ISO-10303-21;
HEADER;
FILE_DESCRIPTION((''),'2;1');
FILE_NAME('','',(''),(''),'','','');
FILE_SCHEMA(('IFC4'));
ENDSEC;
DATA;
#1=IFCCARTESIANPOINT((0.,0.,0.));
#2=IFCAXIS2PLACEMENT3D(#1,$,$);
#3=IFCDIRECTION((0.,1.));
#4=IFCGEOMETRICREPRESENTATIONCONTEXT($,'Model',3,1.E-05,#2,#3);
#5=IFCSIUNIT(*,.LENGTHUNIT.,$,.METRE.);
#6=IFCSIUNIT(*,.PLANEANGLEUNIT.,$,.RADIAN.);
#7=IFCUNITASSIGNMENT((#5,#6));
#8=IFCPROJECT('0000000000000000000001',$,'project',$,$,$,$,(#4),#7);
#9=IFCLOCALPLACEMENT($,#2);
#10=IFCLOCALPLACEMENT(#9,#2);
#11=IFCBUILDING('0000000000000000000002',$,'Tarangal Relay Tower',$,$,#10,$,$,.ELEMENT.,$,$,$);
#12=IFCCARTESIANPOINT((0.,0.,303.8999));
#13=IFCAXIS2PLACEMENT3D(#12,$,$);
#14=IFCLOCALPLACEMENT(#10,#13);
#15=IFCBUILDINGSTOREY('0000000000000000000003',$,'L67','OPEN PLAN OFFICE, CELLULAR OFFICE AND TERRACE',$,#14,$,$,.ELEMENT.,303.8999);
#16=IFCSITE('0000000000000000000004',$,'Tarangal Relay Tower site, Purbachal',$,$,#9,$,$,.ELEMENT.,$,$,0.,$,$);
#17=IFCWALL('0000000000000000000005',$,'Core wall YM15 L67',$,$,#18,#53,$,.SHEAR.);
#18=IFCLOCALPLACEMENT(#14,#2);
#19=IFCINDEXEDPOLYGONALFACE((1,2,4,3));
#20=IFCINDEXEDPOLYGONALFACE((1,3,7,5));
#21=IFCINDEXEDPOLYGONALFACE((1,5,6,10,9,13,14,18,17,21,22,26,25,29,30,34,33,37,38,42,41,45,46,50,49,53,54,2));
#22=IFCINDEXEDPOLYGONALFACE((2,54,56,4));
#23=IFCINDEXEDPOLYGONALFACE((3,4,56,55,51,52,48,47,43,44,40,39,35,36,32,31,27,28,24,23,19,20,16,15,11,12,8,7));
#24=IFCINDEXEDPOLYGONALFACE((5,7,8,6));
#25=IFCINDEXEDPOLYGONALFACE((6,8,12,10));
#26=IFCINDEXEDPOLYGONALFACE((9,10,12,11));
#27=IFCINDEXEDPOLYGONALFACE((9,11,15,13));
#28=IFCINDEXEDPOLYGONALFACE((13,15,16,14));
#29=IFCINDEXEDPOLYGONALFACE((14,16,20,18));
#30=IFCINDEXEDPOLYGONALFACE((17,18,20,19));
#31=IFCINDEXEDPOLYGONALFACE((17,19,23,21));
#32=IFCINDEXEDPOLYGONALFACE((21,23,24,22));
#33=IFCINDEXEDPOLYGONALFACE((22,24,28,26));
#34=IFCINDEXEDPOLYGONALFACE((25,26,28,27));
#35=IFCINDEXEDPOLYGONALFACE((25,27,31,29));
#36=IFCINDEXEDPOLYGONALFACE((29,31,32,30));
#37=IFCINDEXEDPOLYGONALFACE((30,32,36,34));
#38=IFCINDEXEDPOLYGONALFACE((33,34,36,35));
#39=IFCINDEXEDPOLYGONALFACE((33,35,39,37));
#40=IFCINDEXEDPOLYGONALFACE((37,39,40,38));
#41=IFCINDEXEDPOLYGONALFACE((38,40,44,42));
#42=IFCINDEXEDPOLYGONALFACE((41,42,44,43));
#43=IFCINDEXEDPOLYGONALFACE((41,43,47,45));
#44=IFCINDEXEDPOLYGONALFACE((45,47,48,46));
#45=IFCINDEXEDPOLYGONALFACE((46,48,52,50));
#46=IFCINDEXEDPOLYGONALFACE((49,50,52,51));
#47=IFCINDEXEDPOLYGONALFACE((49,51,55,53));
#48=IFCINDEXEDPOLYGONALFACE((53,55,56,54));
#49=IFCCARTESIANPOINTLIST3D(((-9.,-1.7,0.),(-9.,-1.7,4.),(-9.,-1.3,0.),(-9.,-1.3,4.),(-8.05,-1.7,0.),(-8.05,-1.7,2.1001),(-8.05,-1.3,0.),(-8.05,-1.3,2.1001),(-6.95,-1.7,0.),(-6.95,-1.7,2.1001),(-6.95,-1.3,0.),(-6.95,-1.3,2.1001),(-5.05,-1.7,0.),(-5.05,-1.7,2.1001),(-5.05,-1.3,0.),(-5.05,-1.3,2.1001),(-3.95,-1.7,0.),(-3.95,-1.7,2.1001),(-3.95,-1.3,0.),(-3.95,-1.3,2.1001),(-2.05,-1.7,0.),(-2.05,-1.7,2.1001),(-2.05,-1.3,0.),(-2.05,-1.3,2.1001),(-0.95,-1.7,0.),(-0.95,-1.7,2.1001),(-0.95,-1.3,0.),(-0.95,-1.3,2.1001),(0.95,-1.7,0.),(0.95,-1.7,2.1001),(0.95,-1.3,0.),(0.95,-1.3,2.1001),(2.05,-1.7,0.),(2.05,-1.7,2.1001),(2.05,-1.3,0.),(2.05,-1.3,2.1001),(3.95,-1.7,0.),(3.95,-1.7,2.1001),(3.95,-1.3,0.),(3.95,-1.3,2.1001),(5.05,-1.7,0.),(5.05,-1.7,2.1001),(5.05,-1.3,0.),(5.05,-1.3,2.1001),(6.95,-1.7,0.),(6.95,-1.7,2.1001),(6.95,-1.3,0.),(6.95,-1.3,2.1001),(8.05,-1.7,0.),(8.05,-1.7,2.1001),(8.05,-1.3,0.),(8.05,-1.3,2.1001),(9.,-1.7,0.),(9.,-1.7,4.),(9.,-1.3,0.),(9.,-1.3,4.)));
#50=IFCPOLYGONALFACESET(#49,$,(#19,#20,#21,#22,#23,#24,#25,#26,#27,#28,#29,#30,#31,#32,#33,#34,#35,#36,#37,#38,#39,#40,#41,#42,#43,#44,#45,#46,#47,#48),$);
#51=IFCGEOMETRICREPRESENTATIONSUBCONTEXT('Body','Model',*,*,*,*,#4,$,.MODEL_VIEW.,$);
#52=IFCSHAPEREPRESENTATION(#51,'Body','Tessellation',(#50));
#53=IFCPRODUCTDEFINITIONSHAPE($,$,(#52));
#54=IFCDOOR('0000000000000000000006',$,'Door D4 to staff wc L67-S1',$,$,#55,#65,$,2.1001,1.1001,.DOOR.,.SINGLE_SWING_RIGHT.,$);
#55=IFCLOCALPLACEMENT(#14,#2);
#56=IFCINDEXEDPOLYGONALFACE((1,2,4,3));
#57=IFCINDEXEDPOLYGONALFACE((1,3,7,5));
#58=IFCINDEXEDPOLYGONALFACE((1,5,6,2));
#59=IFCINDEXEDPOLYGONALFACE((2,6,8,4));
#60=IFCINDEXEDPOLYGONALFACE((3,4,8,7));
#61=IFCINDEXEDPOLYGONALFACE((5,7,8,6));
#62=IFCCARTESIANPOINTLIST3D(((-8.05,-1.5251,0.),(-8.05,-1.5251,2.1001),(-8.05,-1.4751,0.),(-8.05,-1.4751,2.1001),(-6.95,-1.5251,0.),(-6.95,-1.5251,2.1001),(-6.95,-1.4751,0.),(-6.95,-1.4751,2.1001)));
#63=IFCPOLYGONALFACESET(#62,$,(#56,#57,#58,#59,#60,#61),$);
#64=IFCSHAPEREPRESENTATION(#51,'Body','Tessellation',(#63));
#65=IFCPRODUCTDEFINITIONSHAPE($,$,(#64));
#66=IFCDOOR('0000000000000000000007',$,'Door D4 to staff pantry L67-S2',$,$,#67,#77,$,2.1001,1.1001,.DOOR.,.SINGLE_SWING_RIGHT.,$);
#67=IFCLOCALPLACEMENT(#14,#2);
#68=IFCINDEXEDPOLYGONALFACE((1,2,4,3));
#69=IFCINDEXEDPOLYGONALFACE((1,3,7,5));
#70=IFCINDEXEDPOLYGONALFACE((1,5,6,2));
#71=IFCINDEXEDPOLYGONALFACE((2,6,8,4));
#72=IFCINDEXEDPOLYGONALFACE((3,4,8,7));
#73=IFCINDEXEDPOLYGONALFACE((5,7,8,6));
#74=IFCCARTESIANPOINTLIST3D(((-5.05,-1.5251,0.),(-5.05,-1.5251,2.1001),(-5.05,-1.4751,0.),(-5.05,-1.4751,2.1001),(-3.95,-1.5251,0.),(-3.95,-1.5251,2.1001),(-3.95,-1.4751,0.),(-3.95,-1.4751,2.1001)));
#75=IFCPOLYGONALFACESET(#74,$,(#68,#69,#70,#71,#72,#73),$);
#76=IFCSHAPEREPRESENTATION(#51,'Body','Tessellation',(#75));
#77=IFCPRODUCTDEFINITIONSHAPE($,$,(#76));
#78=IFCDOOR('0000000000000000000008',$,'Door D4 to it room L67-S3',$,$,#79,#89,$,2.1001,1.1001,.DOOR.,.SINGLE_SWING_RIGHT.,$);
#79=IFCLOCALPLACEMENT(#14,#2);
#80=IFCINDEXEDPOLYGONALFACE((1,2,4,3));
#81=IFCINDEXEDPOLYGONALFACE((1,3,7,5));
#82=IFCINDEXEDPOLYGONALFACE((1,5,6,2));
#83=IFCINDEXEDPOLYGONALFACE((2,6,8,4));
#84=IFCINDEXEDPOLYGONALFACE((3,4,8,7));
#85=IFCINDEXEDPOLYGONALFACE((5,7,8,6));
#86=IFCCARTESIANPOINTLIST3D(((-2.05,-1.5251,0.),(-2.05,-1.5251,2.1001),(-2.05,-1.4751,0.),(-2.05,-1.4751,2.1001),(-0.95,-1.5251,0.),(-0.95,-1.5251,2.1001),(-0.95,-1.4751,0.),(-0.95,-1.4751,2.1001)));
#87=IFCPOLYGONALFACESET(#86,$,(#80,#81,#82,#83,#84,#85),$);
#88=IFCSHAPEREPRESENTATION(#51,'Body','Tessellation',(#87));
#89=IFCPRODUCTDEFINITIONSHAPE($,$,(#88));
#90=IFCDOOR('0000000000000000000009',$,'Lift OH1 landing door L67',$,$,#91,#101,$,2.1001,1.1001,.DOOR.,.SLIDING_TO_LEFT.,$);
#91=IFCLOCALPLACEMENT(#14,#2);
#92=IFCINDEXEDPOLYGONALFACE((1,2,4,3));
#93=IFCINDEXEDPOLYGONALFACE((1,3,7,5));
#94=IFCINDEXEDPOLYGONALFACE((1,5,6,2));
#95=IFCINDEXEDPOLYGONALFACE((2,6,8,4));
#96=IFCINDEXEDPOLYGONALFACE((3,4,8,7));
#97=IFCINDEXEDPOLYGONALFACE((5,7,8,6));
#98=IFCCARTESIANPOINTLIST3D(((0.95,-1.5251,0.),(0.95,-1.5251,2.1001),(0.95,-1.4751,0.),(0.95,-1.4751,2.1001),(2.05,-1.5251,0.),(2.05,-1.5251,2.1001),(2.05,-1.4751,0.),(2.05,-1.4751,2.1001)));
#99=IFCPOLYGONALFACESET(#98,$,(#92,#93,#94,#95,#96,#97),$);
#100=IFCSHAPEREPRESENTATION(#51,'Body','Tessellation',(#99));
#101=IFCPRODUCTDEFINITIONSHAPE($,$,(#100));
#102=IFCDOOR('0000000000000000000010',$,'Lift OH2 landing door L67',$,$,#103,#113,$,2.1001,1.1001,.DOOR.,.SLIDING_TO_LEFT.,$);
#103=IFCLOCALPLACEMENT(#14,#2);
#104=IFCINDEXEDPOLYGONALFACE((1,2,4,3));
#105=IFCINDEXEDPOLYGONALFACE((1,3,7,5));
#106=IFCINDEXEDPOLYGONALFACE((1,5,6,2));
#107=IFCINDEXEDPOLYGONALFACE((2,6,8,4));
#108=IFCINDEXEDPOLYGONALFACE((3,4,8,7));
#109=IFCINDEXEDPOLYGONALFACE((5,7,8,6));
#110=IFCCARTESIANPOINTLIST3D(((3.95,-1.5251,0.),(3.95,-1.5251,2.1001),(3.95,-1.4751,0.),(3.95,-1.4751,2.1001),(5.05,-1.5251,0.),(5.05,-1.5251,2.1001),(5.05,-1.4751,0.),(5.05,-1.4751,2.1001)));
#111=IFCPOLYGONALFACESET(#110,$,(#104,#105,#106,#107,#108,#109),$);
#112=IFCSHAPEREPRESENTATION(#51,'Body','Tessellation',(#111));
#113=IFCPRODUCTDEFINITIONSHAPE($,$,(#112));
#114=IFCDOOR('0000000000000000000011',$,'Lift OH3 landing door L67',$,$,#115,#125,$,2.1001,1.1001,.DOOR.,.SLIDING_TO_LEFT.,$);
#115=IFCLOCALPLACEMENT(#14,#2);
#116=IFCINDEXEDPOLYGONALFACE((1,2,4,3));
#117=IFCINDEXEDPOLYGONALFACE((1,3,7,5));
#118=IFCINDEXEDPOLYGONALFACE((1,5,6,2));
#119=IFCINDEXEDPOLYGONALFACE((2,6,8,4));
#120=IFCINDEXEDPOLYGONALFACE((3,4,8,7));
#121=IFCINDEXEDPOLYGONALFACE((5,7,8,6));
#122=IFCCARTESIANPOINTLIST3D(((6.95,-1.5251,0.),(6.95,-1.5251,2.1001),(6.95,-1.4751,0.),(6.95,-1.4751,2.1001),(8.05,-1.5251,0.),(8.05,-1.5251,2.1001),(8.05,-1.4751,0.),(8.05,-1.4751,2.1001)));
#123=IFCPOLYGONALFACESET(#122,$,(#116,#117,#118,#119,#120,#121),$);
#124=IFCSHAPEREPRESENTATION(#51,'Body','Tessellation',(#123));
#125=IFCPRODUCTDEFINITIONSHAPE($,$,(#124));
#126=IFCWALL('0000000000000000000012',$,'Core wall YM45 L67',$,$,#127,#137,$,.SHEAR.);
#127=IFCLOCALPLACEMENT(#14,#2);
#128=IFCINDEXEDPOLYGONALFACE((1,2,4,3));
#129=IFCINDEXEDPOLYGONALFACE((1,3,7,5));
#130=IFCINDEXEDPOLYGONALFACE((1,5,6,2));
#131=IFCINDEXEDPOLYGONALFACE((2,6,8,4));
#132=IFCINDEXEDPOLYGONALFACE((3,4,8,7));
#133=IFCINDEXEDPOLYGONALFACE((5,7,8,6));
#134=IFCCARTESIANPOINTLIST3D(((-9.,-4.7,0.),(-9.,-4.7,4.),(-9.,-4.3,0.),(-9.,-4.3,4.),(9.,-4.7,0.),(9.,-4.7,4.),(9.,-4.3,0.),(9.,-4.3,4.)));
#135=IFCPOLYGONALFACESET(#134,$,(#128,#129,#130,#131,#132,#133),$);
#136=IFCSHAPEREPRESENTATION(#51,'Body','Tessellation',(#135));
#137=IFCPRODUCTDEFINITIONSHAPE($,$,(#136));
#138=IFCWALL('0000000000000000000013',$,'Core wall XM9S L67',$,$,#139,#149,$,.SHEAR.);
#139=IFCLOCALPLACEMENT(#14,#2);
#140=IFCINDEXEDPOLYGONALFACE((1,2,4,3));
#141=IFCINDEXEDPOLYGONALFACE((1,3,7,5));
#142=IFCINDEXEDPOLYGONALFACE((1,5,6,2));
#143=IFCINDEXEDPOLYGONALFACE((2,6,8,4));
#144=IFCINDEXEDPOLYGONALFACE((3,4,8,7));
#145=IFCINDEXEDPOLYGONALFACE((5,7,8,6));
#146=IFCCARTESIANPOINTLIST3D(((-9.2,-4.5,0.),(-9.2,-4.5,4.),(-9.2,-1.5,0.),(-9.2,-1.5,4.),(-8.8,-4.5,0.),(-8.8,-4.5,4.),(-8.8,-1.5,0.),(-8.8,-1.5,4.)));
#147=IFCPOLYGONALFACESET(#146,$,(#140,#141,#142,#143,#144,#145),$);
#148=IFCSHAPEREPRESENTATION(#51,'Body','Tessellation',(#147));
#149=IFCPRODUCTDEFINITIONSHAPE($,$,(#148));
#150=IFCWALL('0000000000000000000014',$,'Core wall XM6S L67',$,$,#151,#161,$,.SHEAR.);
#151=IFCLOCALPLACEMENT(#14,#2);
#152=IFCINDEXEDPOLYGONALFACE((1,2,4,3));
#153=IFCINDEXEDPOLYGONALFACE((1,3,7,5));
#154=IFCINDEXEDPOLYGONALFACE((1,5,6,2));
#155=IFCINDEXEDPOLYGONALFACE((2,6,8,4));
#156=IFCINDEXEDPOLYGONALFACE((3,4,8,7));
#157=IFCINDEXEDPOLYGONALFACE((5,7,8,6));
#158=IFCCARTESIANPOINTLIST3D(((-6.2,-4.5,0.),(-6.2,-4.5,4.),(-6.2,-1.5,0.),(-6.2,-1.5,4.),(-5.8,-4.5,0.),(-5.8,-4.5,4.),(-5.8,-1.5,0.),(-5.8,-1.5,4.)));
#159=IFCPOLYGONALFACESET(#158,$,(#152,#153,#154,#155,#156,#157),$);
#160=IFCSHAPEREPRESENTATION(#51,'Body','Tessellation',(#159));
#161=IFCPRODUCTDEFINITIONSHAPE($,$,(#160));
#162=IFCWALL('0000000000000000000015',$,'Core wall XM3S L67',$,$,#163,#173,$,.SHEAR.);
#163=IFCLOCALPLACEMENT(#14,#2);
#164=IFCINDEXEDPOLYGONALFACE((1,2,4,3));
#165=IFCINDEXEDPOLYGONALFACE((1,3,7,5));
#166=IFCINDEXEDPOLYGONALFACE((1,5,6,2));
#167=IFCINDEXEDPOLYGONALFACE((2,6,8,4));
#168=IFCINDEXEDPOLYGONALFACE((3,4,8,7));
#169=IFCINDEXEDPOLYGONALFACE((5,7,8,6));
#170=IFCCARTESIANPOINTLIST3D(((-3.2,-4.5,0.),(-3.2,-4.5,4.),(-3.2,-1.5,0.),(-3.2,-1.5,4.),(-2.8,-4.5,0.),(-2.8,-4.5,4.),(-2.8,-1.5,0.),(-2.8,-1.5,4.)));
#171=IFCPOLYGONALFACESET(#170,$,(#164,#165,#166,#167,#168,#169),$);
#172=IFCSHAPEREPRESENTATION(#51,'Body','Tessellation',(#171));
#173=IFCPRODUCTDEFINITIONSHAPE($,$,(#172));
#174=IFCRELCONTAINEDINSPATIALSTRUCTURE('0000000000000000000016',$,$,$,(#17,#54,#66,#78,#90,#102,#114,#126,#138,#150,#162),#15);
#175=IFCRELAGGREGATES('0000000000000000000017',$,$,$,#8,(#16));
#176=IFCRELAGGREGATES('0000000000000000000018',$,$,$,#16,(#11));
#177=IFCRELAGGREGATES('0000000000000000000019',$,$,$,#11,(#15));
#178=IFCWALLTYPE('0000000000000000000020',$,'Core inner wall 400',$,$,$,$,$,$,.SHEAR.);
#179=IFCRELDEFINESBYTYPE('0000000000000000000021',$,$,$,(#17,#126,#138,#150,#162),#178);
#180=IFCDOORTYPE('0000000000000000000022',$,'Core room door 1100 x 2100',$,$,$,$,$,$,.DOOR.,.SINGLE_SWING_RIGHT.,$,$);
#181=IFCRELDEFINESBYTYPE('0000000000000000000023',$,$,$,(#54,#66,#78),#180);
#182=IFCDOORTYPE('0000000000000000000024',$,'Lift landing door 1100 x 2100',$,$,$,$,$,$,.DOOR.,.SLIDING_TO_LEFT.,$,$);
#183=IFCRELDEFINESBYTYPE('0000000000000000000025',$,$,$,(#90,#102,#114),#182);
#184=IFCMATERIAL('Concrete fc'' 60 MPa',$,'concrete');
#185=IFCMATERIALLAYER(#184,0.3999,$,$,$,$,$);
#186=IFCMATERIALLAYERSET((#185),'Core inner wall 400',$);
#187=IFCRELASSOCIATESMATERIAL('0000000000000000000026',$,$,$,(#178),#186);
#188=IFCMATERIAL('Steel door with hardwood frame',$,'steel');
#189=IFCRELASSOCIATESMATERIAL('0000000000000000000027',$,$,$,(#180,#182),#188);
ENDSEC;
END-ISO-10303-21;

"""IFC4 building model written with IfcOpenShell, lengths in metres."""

from ifc_helpers import new_model, si_unit, direction, frame, frame_2d, origin, place, context, subcontext, project, spatial, rectangle, extrude, material, layer, layer_set, type_object, element, fill, save


model = new_model("IFC4")

# Units and contexts
model_context = context("Model", 3, precision=1e-05, world=origin(), true_north=direction((0.0, 1.0)))
body_context = subcontext(model_context, "Body", "Model", "MODEL_VIEW")
ifc_project = project(units=[si_unit("LENGTHUNIT", "METRE"), si_unit("PLANEANGLEUNIT", "RADIAN")], contexts=[model_context])

# Site, building, storey
site_placement = place(None, origin())
site = spatial("IfcSite", under=ifc_project, at=site_placement, Name="Tarangal Relay Tower site, Purbachal", CompositionType="ELEMENT", RefElevation=0.0)
building_placement = place(site_placement, origin())
building = spatial("IfcBuilding", under=site, at=building_placement, Name="Tarangal Relay Tower", CompositionType="ELEMENT")
storey_placement = place(building_placement, frame((0.0, 0.0, 303.8999)))
storey = spatial("IfcBuildingStorey", under=building, at=storey_placement, Name="L67", Description="OPEN PLAN OFFICE, CELLULAR OFFICE AND TERRACE", CompositionType="ELEMENT", Elevation=303.8999)

# Wall, openings, doors
ifc_material_1 = material(Name="Concrete fc' 60 MPa", Category="concrete")
ifc_layer_1 = layer(ifc_material_1, 0.3999)
ifc_layer_set_1 = layer_set([ifc_layer_1], Name="Core inner wall 400")
wall_type_1 = type_object("IfcWallType", Name="Core inner wall 400", PredefinedType="SHEAR", material=ifc_layer_set_1)
wall_1_placement = place(storey_placement, frame((-9.0, -1.5, 0.0), z_axis=(0.0, 0.0, 1.0), x_axis=(1.0, 0.0, 0.0)))
wall_1 = element("IfcWall", 1, at=wall_1_placement, inside=storey, type_object=wall_type_1, Name="Core wall YM15 L67", PredefinedType="SHEAR", context=body_context, shape_type="SweptSolid", body=[
    extrude(rectangle(XDim=18.0, YDim=0.3999, at=frame_2d((9.0, 0.0))), origin(), (0.0, 0.0, 1.0), 4.0),
])
opening_1_placement = place(wall_1_placement, frame((9.95, 0.0, 0.0)))
opening_1 = element("IfcOpeningElement", 2, at=opening_1_placement, cuts=wall_1, PredefinedType="OPENING", context=body_context, shape_type="SweptSolid", body=[
    extrude(rectangle(XDim=1.1001, YDim=2.1001, at=frame_2d((0.55, 1.05))), frame((0.0, 0.21, 0.0), z_axis=(0.0, -1.0, 0.0), x_axis=(1.0, 0.0, 0.0)), (0.0, 0.0, 1.0), 0.4199),
])
opening_2_placement = place(wall_1_placement, frame((12.95, 0.0, 0.0)))
opening_2 = element("IfcOpeningElement", 3, at=opening_2_placement, cuts=wall_1, PredefinedType="OPENING", context=body_context, shape_type="SweptSolid", body=[
    extrude(rectangle(XDim=1.1001, YDim=2.1001, at=frame_2d((0.55, 1.05))), frame((0.0, 0.21, 0.0), z_axis=(0.0, -1.0, 0.0), x_axis=(1.0, 0.0, 0.0)), (0.0, 0.0, 1.0), 0.4199),
])
opening_3_placement = place(wall_1_placement, frame((15.95, 0.0, 0.0)))
opening_3 = element("IfcOpeningElement", 4, at=opening_3_placement, cuts=wall_1, PredefinedType="OPENING", context=body_context, shape_type="SweptSolid", body=[
    extrude(rectangle(XDim=1.1001, YDim=2.1001, at=frame_2d((0.55, 1.05))), frame((0.0, 0.21, 0.0), z_axis=(0.0, -1.0, 0.0), x_axis=(1.0, 0.0, 0.0)), (0.0, 0.0, 1.0), 0.4199),
])
opening_4_placement = place(wall_1_placement, frame((0.95, 0.0, 0.0)))
opening_4 = element("IfcOpeningElement", 5, at=opening_4_placement, cuts=wall_1, PredefinedType="OPENING", context=body_context, shape_type="SweptSolid", body=[
    extrude(rectangle(XDim=1.1001, YDim=2.1001, at=frame_2d((0.55, 1.05))), frame((0.0, 0.21, 0.0), z_axis=(0.0, -1.0, 0.0), x_axis=(1.0, 0.0, 0.0)), (0.0, 0.0, 1.0), 0.4199),
])
opening_5_placement = place(wall_1_placement, frame((3.95, 0.0, 0.0)))
opening_5 = element("IfcOpeningElement", 6, at=opening_5_placement, cuts=wall_1, PredefinedType="OPENING", context=body_context, shape_type="SweptSolid", body=[
    extrude(rectangle(XDim=1.1001, YDim=2.1001, at=frame_2d((0.55, 1.05))), frame((0.0, 0.21, 0.0), z_axis=(0.0, -1.0, 0.0), x_axis=(1.0, 0.0, 0.0)), (0.0, 0.0, 1.0), 0.4199),
])
opening_6_placement = place(wall_1_placement, frame((6.95, 0.0, 0.0)))
opening_6 = element("IfcOpeningElement", 7, at=opening_6_placement, cuts=wall_1, PredefinedType="OPENING", context=body_context, shape_type="SweptSolid", body=[
    extrude(rectangle(XDim=1.1001, YDim=2.1001, at=frame_2d((0.55, 1.05))), frame((0.0, 0.21, 0.0), z_axis=(0.0, -1.0, 0.0), x_axis=(1.0, 0.0, 0.0)), (0.0, 0.0, 1.0), 0.4199),
])
ifc_material_2 = material(Name="Steel door with hardwood frame", Category="steel")
door_type_1 = type_object("IfcDoorType", Name="Core room door 1100 x 2100", OperationType="SINGLE_SWING_RIGHT", PredefinedType="DOOR", material=ifc_material_2)
door_1_placement = place(opening_4_placement, origin())
door_1 = element("IfcDoor", 8, at=door_1_placement, inside=storey, type_object=door_type_1, Name="Door D4 to staff wc L67-S1", OperationType="SINGLE_SWING_RIGHT", OverallHeight=2.1001, OverallWidth=1.1001, PredefinedType="DOOR", context=body_context, shape_type="SweptSolid", body=[
    extrude(rectangle(XDim=1.1001, YDim=2.1001, at=frame_2d((0.55, 1.05))), frame((0.0, 0.0249, 0.0), z_axis=(0.0, -1.0, 0.0), x_axis=(1.0, 0.0, 0.0)), (0.0, 0.0, 1.0), 0.05),
])
fill(opening_4, door_1)
door_2_placement = place(opening_5_placement, origin())
door_2 = element("IfcDoor", 9, at=door_2_placement, inside=storey, type_object=door_type_1, Name="Door D4 to staff pantry L67-S2", OperationType="SINGLE_SWING_RIGHT", OverallHeight=2.1001, OverallWidth=1.1001, PredefinedType="DOOR", context=body_context, shape_type="SweptSolid", body=[
    extrude(rectangle(XDim=1.1001, YDim=2.1001, at=frame_2d((0.55, 1.05))), frame((0.0, 0.0249, 0.0), z_axis=(0.0, -1.0, 0.0), x_axis=(1.0, 0.0, 0.0)), (0.0, 0.0, 1.0), 0.05),
])
fill(opening_5, door_2)
door_3_placement = place(opening_6_placement, origin())
door_3 = element("IfcDoor", 10, at=door_3_placement, inside=storey, type_object=door_type_1, Name="Door D4 to it room L67-S3", OperationType="SINGLE_SWING_RIGHT", OverallHeight=2.1001, OverallWidth=1.1001, PredefinedType="DOOR", context=body_context, shape_type="SweptSolid", body=[
    extrude(rectangle(XDim=1.1001, YDim=2.1001, at=frame_2d((0.55, 1.05))), frame((0.0, 0.0249, 0.0), z_axis=(0.0, -1.0, 0.0), x_axis=(1.0, 0.0, 0.0)), (0.0, 0.0, 1.0), 0.05),
])
fill(opening_6, door_3)
door_type_2 = type_object("IfcDoorType", Name="Lift landing door 1100 x 2100", OperationType="SLIDING_TO_LEFT", PredefinedType="DOOR", material=ifc_material_2)
door_4_placement = place(opening_1_placement, origin())
door_4 = element("IfcDoor", 11, at=door_4_placement, inside=storey, type_object=door_type_2, Name="Lift OH1 landing door L67", OperationType="SLIDING_TO_LEFT", OverallHeight=2.1001, OverallWidth=1.1001, PredefinedType="DOOR", context=body_context, shape_type="SweptSolid", body=[
    extrude(rectangle(XDim=1.1001, YDim=2.1001, at=frame_2d((0.55, 1.05))), frame((0.0, 0.0249, 0.0), z_axis=(0.0, -1.0, 0.0), x_axis=(1.0, 0.0, 0.0)), (0.0, 0.0, 1.0), 0.05),
])
fill(opening_1, door_4)
door_5_placement = place(opening_2_placement, origin())
door_5 = element("IfcDoor", 12, at=door_5_placement, inside=storey, type_object=door_type_2, Name="Lift OH2 landing door L67", OperationType="SLIDING_TO_LEFT", OverallHeight=2.1001, OverallWidth=1.1001, PredefinedType="DOOR", context=body_context, shape_type="SweptSolid", body=[
    extrude(rectangle(XDim=1.1001, YDim=2.1001, at=frame_2d((0.55, 1.05))), frame((0.0, 0.0249, 0.0), z_axis=(0.0, -1.0, 0.0), x_axis=(1.0, 0.0, 0.0)), (0.0, 0.0, 1.0), 0.05),
])
fill(opening_2, door_5)
door_6_placement = place(opening_3_placement, origin())
door_6 = element("IfcDoor", 13, at=door_6_placement, inside=storey, type_object=door_type_2, Name="Lift OH3 landing door L67", OperationType="SLIDING_TO_LEFT", OverallHeight=2.1001, OverallWidth=1.1001, PredefinedType="DOOR", context=body_context, shape_type="SweptSolid", body=[
    extrude(rectangle(XDim=1.1001, YDim=2.1001, at=frame_2d((0.55, 1.05))), frame((0.0, 0.0249, 0.0), z_axis=(0.0, -1.0, 0.0), x_axis=(1.0, 0.0, 0.0)), (0.0, 0.0, 1.0), 0.05),
])
fill(opening_3, door_6)

# Walls
wall_2_placement = place(storey_placement, frame((-9.0, -4.5, 0.0), z_axis=(0.0, 0.0, 1.0), x_axis=(1.0, 0.0, 0.0)))
element("IfcWall", 14, at=wall_2_placement, inside=storey, type_object=wall_type_1, Name="Core wall YM45 L67", PredefinedType="SHEAR", context=body_context, shape_type="SweptSolid", body=[
    extrude(rectangle(XDim=18.0, YDim=0.3999, at=frame_2d((9.0, 0.0))), origin(), (0.0, 0.0, 1.0), 4.0),
])
for number, where, z_axis, x_axis, name in (
    (15, (-9.0, -4.5, 0.0), (0.0, 0.0, 1.0), (0.0, 1.0, 0.0), "Core wall XM9S L67"),
    (16, (-6.0, -4.5, 0.0), (0.0, 0.0, 1.0), (0.0, 1.0, 0.0), "Core wall XM6S L67"),
    (17, (-3.0, -4.5, 0.0), (0.0, 0.0, 1.0), (0.0, 1.0, 0.0), "Core wall XM3S L67"),
):
    element("IfcWall", number, at=place(storey_placement, frame(where, z_axis=z_axis, x_axis=x_axis)), inside=storey, type_object=wall_type_1, Name=name, PredefinedType="SHEAR", context=body_context, shape_type="SweptSolid", body=[
        extrude(rectangle(XDim=3.0, YDim=0.3999, at=frame_2d((1.5, 0.0))), origin(), (0.0, 0.0, 1.0), 4.0),
    ])

save(model, "model.ifc")
